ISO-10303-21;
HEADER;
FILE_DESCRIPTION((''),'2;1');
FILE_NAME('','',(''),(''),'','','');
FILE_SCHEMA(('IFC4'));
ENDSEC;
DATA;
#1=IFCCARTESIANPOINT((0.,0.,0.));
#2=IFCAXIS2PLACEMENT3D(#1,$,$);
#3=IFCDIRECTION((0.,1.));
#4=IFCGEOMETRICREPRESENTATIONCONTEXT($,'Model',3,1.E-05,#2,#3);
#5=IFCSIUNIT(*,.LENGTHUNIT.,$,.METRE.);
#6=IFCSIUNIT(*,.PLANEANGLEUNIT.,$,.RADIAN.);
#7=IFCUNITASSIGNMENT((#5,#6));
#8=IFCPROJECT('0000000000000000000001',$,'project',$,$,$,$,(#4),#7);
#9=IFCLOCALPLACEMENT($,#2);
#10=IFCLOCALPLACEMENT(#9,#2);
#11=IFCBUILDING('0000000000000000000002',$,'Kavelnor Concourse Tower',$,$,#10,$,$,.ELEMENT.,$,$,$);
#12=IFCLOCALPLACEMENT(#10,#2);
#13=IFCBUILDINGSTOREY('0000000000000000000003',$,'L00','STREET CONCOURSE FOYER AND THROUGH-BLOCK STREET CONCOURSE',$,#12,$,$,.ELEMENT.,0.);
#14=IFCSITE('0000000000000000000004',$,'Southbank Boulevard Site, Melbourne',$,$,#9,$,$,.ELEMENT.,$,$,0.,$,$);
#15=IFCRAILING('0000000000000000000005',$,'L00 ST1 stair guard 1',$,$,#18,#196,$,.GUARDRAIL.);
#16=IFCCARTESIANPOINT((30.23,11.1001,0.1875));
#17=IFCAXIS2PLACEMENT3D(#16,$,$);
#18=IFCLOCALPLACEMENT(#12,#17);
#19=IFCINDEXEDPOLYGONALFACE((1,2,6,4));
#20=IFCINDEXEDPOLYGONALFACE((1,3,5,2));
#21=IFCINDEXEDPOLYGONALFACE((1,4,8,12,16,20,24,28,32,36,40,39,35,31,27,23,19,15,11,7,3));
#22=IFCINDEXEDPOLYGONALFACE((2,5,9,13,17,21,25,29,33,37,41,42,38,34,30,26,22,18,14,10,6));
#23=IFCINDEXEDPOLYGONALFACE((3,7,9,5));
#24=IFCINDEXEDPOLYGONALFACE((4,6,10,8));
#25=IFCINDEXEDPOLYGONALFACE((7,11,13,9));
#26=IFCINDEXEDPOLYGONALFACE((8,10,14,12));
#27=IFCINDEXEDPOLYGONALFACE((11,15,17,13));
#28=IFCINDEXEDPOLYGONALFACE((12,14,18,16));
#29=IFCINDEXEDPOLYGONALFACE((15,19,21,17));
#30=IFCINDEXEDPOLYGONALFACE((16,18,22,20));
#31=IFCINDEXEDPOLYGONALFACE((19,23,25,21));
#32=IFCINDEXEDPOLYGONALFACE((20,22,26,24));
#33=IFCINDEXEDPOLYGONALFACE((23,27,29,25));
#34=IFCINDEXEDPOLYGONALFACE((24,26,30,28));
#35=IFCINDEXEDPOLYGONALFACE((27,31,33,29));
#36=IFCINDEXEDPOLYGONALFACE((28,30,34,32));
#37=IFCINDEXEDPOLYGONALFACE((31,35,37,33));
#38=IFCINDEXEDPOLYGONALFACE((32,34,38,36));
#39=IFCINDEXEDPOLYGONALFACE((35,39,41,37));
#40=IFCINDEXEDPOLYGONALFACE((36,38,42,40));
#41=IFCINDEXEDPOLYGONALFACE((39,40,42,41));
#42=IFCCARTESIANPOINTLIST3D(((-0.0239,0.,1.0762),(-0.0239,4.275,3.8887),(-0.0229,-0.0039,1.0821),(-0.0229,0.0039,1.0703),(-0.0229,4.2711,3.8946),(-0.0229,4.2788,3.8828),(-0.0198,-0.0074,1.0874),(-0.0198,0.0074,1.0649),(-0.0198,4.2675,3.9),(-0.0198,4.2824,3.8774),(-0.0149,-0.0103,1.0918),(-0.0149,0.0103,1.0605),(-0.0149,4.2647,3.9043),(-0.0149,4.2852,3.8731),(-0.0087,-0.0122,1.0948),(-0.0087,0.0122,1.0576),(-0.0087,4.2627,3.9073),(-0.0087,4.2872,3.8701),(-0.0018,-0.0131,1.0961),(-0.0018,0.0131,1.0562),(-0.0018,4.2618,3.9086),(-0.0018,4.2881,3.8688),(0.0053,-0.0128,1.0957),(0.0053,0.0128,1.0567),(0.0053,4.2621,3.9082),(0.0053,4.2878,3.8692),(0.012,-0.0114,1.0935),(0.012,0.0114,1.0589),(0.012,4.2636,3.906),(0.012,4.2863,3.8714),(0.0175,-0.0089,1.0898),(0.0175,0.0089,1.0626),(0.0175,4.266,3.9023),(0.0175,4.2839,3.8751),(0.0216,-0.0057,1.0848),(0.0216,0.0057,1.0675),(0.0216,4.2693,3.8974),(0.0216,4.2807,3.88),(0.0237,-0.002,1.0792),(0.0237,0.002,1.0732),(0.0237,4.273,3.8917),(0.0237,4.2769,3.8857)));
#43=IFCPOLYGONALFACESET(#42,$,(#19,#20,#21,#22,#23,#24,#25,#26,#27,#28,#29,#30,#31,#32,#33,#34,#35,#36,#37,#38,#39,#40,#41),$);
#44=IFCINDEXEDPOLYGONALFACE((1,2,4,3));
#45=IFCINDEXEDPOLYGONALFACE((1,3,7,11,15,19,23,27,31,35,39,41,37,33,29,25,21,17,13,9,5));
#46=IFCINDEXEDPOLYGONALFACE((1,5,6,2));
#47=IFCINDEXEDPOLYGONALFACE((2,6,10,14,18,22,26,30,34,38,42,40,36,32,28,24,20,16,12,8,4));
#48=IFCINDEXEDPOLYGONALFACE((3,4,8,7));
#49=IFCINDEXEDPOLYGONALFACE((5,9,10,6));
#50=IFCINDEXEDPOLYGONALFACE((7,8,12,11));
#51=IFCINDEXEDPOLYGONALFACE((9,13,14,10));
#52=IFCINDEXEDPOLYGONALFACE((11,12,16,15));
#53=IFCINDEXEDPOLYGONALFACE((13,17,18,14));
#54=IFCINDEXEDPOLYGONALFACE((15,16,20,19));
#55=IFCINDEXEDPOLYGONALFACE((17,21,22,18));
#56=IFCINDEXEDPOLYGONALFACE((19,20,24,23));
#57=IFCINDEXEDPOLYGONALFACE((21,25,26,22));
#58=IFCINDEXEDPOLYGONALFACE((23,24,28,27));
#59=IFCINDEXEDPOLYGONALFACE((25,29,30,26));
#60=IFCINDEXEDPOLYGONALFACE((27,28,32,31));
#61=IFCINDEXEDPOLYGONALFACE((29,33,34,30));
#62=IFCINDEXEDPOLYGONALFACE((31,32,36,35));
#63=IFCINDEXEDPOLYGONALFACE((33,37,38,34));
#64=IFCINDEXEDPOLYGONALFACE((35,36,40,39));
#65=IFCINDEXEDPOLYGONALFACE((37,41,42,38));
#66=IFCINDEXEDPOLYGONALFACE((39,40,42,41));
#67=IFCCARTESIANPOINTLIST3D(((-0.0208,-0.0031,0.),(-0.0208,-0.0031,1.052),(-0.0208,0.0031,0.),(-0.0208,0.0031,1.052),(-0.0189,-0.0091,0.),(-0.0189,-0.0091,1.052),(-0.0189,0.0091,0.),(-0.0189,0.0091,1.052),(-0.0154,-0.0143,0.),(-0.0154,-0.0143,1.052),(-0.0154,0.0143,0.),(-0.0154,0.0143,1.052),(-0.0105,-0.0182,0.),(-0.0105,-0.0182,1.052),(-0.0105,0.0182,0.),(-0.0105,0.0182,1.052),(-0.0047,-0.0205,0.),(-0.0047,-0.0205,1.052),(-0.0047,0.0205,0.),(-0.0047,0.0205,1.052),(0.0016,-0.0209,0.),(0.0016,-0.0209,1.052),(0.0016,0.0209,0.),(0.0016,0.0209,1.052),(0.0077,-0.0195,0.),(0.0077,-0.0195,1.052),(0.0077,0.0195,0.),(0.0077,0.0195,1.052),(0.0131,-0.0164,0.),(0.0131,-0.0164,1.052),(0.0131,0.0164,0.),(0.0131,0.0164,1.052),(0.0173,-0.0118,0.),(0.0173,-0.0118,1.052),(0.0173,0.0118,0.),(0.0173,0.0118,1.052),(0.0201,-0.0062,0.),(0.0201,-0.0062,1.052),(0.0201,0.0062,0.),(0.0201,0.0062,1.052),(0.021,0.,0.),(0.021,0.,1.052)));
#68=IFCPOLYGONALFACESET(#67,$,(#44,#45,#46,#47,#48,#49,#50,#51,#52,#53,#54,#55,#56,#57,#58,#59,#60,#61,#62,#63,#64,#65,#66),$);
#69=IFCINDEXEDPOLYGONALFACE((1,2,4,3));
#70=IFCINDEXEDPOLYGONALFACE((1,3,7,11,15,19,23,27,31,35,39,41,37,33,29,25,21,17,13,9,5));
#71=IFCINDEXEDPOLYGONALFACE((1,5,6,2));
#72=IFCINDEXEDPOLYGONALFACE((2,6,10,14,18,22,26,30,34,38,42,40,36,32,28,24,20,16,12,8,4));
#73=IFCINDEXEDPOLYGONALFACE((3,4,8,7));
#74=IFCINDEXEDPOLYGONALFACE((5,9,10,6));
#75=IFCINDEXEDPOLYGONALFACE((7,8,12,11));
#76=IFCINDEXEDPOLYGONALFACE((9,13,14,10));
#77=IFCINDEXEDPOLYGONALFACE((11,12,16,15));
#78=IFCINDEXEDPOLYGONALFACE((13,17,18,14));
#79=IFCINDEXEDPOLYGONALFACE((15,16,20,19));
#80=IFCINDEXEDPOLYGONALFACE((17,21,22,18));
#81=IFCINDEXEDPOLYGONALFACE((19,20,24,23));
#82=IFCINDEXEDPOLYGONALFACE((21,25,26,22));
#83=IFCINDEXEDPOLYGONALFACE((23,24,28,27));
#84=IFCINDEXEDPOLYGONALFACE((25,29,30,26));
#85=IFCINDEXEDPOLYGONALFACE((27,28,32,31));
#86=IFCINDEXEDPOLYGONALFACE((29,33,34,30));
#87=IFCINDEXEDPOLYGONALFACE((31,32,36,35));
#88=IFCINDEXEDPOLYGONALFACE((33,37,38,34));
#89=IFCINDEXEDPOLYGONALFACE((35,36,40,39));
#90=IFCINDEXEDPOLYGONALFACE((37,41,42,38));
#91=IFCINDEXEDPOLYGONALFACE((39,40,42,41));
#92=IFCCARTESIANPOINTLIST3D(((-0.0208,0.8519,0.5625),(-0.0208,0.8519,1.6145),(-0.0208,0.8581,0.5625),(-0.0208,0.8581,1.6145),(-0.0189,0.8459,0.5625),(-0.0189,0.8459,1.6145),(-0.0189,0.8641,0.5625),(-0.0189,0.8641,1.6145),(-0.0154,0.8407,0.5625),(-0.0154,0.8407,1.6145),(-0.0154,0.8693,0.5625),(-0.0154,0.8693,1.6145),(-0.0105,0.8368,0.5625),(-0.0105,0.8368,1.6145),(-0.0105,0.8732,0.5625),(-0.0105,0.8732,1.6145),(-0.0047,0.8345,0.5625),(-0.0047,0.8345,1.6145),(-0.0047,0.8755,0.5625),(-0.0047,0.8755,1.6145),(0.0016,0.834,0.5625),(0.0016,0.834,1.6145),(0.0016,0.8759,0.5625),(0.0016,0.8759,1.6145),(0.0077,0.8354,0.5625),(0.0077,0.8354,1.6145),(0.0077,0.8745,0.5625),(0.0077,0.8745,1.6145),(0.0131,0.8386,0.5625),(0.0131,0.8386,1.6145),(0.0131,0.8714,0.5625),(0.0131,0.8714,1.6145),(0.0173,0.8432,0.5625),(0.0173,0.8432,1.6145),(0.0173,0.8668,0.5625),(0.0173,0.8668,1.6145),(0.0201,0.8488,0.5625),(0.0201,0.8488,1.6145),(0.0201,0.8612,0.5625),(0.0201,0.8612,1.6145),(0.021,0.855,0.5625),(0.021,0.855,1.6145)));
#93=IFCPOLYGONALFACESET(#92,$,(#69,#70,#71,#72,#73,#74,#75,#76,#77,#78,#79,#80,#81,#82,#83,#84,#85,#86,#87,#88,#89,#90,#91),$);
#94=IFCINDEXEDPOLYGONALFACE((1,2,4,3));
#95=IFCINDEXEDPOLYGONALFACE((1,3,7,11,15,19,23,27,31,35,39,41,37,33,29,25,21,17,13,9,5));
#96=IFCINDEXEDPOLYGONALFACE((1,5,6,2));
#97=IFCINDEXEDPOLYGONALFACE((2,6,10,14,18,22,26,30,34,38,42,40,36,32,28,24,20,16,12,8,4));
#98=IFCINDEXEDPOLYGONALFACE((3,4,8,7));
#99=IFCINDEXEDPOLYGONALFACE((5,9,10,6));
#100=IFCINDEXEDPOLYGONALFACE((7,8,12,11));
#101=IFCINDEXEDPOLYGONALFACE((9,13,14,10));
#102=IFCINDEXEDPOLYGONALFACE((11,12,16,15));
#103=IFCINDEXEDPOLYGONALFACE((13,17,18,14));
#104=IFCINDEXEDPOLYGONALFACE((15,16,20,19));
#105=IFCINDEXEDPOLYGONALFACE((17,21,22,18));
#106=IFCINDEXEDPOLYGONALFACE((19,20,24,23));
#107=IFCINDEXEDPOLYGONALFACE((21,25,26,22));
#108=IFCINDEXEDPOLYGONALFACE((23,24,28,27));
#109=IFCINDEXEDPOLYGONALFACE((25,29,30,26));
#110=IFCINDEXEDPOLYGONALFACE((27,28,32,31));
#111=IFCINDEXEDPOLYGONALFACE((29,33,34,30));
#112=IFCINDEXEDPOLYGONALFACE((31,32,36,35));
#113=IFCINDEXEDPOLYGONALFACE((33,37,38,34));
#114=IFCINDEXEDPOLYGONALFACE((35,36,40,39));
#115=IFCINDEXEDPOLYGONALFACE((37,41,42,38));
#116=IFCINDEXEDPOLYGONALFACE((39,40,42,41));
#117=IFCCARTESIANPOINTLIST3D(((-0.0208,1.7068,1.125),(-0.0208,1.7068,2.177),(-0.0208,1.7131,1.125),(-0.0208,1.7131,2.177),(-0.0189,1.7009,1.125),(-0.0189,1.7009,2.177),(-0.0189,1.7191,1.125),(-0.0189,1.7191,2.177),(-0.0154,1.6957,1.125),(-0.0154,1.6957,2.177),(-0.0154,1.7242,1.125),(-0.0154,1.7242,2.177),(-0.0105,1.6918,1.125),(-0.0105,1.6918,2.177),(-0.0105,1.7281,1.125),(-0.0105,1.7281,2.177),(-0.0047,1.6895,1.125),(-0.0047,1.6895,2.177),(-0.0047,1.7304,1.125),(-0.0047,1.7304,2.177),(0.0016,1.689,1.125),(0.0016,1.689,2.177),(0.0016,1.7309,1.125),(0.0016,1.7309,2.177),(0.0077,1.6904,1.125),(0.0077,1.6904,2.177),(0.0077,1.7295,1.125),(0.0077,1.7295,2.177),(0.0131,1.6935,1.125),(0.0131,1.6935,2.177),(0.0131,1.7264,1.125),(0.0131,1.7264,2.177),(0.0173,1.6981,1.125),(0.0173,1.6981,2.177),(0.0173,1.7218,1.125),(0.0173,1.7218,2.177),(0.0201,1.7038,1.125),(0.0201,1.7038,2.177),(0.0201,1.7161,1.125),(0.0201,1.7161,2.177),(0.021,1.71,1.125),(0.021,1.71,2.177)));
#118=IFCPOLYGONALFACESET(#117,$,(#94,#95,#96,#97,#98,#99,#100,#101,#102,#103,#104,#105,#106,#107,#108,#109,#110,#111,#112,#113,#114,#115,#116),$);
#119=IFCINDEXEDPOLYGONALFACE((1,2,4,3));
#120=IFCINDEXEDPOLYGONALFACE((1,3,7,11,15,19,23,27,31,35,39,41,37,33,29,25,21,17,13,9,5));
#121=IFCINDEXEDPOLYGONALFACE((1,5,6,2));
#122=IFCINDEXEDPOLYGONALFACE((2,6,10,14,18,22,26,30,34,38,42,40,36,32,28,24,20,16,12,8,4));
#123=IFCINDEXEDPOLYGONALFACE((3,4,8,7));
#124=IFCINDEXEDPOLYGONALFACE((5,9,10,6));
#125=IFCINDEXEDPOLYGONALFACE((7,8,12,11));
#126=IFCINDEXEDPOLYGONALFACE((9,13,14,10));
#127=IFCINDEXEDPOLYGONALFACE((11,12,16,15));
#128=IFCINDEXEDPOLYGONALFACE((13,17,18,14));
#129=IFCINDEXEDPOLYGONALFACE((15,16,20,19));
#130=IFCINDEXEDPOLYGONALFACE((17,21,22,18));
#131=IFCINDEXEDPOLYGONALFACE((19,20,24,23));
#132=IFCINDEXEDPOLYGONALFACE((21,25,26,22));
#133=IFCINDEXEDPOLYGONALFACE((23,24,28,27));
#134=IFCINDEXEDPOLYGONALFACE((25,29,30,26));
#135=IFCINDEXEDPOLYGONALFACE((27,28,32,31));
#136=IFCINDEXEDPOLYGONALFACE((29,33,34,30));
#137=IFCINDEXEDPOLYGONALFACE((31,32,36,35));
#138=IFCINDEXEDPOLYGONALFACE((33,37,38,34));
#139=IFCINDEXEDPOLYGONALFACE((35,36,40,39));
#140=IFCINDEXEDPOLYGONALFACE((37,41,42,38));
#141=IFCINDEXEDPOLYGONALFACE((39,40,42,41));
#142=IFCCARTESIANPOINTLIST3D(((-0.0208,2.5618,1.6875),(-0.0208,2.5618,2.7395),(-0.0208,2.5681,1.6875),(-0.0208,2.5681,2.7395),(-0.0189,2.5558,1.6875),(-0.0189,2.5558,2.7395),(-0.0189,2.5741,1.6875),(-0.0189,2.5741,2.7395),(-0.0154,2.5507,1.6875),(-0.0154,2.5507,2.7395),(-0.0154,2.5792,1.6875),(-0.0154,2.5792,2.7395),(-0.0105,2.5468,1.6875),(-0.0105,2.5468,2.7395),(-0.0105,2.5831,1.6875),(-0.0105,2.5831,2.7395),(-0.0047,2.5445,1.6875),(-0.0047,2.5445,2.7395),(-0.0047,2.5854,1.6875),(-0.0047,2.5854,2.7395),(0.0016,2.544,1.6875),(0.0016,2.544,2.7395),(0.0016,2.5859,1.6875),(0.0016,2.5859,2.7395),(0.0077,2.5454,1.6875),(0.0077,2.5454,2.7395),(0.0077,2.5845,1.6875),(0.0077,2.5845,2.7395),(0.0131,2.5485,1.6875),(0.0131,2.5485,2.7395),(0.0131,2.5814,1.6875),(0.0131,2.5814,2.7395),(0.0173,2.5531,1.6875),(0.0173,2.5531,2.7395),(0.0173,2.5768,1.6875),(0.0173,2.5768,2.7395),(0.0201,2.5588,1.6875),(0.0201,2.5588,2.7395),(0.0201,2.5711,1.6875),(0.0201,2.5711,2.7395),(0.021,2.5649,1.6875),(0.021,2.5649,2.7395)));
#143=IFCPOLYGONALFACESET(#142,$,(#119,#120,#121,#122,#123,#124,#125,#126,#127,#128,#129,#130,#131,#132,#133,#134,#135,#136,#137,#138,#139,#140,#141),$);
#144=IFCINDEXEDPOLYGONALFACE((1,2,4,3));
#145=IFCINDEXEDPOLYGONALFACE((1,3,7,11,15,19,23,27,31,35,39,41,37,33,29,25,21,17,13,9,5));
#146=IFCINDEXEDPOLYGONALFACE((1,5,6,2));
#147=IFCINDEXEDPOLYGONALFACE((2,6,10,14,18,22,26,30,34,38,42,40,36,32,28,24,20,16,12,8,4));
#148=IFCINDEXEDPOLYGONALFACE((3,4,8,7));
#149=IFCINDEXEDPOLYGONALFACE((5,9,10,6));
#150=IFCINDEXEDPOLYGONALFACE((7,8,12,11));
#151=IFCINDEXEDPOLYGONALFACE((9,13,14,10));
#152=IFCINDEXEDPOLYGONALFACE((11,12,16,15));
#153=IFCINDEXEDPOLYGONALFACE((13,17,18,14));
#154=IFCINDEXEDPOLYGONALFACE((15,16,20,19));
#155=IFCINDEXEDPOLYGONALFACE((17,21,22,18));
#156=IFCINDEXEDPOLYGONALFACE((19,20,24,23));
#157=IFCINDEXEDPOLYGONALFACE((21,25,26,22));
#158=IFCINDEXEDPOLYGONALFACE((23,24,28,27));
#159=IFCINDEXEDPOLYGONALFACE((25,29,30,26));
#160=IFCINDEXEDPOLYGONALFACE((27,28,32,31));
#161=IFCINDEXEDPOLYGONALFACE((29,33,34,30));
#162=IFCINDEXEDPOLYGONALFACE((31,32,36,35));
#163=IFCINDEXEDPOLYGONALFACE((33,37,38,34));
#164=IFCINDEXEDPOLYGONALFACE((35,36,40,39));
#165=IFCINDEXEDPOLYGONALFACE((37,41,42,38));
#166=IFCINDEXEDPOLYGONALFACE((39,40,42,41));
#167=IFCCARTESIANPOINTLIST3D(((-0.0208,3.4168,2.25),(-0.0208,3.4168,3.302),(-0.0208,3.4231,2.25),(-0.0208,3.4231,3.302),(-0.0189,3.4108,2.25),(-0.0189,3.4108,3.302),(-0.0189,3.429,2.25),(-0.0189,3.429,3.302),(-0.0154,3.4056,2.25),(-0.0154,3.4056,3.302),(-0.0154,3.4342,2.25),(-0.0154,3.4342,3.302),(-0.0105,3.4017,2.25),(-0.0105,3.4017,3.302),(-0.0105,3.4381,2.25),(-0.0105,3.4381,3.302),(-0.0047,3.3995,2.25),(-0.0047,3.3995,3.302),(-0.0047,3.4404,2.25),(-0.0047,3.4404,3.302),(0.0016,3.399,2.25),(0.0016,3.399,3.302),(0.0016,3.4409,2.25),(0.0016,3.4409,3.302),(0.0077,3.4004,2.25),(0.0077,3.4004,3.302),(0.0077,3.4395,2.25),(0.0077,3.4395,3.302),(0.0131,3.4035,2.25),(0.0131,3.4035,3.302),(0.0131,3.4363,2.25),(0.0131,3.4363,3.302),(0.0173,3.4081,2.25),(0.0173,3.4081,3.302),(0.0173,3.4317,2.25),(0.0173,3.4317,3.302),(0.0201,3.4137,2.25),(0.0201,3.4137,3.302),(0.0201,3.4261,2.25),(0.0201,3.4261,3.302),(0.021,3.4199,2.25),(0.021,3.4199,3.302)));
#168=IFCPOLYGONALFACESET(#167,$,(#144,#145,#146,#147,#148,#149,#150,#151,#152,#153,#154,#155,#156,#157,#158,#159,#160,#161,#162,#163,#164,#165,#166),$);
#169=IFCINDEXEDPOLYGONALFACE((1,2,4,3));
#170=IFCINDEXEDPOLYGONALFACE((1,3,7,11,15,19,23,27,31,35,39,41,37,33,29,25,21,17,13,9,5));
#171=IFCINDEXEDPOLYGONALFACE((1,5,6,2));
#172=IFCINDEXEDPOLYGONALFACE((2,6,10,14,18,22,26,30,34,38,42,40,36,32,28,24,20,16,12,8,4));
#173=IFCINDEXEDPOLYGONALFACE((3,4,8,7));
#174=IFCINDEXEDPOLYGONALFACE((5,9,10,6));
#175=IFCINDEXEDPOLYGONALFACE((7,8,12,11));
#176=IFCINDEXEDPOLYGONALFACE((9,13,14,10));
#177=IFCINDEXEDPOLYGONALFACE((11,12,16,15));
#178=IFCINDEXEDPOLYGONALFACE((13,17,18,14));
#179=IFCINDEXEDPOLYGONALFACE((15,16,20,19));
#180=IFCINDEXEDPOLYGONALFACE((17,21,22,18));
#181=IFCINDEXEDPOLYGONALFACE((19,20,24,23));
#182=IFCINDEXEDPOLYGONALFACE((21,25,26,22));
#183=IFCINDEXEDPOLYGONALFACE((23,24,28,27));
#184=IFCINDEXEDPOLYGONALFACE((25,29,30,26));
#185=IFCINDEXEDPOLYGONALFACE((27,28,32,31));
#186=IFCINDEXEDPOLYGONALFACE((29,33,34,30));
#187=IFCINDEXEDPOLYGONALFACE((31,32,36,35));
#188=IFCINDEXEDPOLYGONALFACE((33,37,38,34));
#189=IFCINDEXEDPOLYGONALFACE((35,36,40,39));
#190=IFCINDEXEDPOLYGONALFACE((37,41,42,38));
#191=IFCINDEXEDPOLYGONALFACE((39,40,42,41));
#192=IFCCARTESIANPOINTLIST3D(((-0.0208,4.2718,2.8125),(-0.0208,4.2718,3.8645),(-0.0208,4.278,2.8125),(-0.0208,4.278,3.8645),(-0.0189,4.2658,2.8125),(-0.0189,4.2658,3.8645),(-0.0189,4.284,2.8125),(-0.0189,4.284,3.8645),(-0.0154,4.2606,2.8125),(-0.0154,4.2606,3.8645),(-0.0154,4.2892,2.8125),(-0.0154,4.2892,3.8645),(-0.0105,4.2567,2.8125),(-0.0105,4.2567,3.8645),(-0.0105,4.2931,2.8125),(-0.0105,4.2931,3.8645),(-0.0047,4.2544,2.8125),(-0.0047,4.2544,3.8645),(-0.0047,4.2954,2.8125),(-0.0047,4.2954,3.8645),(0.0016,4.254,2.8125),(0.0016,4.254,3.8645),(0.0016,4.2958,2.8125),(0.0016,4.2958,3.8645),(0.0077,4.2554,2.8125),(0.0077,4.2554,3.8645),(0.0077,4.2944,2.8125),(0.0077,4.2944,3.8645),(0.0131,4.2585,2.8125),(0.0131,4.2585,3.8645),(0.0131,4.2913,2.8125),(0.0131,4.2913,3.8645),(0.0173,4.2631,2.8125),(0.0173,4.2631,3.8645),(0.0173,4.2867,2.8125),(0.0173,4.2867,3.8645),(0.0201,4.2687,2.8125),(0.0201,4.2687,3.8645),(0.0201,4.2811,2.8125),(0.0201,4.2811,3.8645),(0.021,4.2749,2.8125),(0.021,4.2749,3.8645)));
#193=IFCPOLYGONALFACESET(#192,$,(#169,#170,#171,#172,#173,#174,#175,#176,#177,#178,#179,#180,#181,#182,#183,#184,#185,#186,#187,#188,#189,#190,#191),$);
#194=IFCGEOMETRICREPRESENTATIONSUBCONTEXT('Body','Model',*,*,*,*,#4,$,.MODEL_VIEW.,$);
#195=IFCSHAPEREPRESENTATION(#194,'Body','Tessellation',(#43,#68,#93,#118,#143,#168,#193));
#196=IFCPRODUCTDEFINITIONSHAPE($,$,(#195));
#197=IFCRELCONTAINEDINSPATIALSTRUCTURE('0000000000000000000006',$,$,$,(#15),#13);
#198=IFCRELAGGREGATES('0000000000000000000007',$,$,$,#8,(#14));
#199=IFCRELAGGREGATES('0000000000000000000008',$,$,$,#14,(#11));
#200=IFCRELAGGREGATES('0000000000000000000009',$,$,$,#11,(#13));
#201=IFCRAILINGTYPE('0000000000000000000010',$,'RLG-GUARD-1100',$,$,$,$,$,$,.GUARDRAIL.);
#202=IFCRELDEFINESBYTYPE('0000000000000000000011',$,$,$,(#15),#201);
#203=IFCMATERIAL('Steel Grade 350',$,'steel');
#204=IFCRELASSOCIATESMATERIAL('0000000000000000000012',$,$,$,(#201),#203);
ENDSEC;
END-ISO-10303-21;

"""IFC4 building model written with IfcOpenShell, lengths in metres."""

from ifc_helpers import new_model, si_unit, direction, frame, origin, origin_2d, place, context, subcontext, project, spatial, circle, extrude, material, type_object, element, save


model = new_model("IFC4")

# Units and contexts
model_context = context("Model", 3, precision=1e-05, world=origin(), true_north=direction((0.0, 1.0)))
body_context = subcontext(model_context, "Body", "Model", "MODEL_VIEW")
ifc_project = project(units=[si_unit("LENGTHUNIT", "METRE"), si_unit("PLANEANGLEUNIT", "RADIAN")], contexts=[model_context])

# Site, building, storey
site_placement = place(None, origin())
site = spatial("IfcSite", under=ifc_project, at=site_placement, Name="Southbank Boulevard Site, Melbourne", CompositionType="ELEMENT", RefElevation=0.0)
building_placement = place(site_placement, origin())
building = spatial("IfcBuilding", under=site, at=building_placement, Name="Kavelnor Concourse Tower", CompositionType="ELEMENT")
storey_placement = place(building_placement, origin())
storey = spatial("IfcBuildingStorey", under=building, at=storey_placement, Name="L00", Description="STREET CONCOURSE FOYER AND THROUGH-BLOCK STREET CONCOURSE", CompositionType="ELEMENT", Elevation=0.0)

# Shared definitions
ifc_material_1 = material(Name="Steel Grade 350", Category="steel")

# Railing
railing_type_1 = type_object("IfcRailingType", Name="RLG-GUARD-1100", PredefinedType="GUARDRAIL", material=ifc_material_1)
railing_1_placement = place(storey_placement, frame((30.23, 11.1001, 0.1875)))
element("IfcRailing", 1, at=railing_1_placement, inside=storey, type_object=railing_type_1, Name="L00 ST1 stair guard 1", PredefinedType="GUARDRAIL", context=body_context, shape_type="SweptSolid", body=[
    extrude(circle(Radius=0.0239, at=origin_2d()), frame((0.0, 0.0, 1.0762), z_axis=(0.0, 0.835411, 0.549625), x_axis=(-1.0, 0.0, 0.0)), (0.0, 0.0, 1.0), 5.1172),
    extrude(circle(Radius=0.021, at=origin_2d()), origin(), (0.0, 0.0, 1.0), 1.052),
    extrude(circle(Radius=0.021, at=origin_2d()), frame((0.0, 0.855, 0.5625)), (0.0, 0.0, 1.0), 1.052),
    extrude(circle(Radius=0.021, at=origin_2d()), frame((0.0, 1.71, 1.125)), (0.0, 0.0, 1.0), 1.052),
    extrude(circle(Radius=0.021, at=origin_2d()), frame((0.0, 2.5649, 1.6875)), (0.0, 0.0, 1.0), 1.052),
    extrude(circle(Radius=0.021, at=origin_2d()), frame((0.0, 3.4199, 2.25)), (0.0, 0.0, 1.0), 1.052),
    extrude(circle(Radius=0.021, at=origin_2d()), frame((0.0, 4.2749, 2.8125)), (0.0, 0.0, 1.0), 1.052),
])

save(model, "model.ifc")
